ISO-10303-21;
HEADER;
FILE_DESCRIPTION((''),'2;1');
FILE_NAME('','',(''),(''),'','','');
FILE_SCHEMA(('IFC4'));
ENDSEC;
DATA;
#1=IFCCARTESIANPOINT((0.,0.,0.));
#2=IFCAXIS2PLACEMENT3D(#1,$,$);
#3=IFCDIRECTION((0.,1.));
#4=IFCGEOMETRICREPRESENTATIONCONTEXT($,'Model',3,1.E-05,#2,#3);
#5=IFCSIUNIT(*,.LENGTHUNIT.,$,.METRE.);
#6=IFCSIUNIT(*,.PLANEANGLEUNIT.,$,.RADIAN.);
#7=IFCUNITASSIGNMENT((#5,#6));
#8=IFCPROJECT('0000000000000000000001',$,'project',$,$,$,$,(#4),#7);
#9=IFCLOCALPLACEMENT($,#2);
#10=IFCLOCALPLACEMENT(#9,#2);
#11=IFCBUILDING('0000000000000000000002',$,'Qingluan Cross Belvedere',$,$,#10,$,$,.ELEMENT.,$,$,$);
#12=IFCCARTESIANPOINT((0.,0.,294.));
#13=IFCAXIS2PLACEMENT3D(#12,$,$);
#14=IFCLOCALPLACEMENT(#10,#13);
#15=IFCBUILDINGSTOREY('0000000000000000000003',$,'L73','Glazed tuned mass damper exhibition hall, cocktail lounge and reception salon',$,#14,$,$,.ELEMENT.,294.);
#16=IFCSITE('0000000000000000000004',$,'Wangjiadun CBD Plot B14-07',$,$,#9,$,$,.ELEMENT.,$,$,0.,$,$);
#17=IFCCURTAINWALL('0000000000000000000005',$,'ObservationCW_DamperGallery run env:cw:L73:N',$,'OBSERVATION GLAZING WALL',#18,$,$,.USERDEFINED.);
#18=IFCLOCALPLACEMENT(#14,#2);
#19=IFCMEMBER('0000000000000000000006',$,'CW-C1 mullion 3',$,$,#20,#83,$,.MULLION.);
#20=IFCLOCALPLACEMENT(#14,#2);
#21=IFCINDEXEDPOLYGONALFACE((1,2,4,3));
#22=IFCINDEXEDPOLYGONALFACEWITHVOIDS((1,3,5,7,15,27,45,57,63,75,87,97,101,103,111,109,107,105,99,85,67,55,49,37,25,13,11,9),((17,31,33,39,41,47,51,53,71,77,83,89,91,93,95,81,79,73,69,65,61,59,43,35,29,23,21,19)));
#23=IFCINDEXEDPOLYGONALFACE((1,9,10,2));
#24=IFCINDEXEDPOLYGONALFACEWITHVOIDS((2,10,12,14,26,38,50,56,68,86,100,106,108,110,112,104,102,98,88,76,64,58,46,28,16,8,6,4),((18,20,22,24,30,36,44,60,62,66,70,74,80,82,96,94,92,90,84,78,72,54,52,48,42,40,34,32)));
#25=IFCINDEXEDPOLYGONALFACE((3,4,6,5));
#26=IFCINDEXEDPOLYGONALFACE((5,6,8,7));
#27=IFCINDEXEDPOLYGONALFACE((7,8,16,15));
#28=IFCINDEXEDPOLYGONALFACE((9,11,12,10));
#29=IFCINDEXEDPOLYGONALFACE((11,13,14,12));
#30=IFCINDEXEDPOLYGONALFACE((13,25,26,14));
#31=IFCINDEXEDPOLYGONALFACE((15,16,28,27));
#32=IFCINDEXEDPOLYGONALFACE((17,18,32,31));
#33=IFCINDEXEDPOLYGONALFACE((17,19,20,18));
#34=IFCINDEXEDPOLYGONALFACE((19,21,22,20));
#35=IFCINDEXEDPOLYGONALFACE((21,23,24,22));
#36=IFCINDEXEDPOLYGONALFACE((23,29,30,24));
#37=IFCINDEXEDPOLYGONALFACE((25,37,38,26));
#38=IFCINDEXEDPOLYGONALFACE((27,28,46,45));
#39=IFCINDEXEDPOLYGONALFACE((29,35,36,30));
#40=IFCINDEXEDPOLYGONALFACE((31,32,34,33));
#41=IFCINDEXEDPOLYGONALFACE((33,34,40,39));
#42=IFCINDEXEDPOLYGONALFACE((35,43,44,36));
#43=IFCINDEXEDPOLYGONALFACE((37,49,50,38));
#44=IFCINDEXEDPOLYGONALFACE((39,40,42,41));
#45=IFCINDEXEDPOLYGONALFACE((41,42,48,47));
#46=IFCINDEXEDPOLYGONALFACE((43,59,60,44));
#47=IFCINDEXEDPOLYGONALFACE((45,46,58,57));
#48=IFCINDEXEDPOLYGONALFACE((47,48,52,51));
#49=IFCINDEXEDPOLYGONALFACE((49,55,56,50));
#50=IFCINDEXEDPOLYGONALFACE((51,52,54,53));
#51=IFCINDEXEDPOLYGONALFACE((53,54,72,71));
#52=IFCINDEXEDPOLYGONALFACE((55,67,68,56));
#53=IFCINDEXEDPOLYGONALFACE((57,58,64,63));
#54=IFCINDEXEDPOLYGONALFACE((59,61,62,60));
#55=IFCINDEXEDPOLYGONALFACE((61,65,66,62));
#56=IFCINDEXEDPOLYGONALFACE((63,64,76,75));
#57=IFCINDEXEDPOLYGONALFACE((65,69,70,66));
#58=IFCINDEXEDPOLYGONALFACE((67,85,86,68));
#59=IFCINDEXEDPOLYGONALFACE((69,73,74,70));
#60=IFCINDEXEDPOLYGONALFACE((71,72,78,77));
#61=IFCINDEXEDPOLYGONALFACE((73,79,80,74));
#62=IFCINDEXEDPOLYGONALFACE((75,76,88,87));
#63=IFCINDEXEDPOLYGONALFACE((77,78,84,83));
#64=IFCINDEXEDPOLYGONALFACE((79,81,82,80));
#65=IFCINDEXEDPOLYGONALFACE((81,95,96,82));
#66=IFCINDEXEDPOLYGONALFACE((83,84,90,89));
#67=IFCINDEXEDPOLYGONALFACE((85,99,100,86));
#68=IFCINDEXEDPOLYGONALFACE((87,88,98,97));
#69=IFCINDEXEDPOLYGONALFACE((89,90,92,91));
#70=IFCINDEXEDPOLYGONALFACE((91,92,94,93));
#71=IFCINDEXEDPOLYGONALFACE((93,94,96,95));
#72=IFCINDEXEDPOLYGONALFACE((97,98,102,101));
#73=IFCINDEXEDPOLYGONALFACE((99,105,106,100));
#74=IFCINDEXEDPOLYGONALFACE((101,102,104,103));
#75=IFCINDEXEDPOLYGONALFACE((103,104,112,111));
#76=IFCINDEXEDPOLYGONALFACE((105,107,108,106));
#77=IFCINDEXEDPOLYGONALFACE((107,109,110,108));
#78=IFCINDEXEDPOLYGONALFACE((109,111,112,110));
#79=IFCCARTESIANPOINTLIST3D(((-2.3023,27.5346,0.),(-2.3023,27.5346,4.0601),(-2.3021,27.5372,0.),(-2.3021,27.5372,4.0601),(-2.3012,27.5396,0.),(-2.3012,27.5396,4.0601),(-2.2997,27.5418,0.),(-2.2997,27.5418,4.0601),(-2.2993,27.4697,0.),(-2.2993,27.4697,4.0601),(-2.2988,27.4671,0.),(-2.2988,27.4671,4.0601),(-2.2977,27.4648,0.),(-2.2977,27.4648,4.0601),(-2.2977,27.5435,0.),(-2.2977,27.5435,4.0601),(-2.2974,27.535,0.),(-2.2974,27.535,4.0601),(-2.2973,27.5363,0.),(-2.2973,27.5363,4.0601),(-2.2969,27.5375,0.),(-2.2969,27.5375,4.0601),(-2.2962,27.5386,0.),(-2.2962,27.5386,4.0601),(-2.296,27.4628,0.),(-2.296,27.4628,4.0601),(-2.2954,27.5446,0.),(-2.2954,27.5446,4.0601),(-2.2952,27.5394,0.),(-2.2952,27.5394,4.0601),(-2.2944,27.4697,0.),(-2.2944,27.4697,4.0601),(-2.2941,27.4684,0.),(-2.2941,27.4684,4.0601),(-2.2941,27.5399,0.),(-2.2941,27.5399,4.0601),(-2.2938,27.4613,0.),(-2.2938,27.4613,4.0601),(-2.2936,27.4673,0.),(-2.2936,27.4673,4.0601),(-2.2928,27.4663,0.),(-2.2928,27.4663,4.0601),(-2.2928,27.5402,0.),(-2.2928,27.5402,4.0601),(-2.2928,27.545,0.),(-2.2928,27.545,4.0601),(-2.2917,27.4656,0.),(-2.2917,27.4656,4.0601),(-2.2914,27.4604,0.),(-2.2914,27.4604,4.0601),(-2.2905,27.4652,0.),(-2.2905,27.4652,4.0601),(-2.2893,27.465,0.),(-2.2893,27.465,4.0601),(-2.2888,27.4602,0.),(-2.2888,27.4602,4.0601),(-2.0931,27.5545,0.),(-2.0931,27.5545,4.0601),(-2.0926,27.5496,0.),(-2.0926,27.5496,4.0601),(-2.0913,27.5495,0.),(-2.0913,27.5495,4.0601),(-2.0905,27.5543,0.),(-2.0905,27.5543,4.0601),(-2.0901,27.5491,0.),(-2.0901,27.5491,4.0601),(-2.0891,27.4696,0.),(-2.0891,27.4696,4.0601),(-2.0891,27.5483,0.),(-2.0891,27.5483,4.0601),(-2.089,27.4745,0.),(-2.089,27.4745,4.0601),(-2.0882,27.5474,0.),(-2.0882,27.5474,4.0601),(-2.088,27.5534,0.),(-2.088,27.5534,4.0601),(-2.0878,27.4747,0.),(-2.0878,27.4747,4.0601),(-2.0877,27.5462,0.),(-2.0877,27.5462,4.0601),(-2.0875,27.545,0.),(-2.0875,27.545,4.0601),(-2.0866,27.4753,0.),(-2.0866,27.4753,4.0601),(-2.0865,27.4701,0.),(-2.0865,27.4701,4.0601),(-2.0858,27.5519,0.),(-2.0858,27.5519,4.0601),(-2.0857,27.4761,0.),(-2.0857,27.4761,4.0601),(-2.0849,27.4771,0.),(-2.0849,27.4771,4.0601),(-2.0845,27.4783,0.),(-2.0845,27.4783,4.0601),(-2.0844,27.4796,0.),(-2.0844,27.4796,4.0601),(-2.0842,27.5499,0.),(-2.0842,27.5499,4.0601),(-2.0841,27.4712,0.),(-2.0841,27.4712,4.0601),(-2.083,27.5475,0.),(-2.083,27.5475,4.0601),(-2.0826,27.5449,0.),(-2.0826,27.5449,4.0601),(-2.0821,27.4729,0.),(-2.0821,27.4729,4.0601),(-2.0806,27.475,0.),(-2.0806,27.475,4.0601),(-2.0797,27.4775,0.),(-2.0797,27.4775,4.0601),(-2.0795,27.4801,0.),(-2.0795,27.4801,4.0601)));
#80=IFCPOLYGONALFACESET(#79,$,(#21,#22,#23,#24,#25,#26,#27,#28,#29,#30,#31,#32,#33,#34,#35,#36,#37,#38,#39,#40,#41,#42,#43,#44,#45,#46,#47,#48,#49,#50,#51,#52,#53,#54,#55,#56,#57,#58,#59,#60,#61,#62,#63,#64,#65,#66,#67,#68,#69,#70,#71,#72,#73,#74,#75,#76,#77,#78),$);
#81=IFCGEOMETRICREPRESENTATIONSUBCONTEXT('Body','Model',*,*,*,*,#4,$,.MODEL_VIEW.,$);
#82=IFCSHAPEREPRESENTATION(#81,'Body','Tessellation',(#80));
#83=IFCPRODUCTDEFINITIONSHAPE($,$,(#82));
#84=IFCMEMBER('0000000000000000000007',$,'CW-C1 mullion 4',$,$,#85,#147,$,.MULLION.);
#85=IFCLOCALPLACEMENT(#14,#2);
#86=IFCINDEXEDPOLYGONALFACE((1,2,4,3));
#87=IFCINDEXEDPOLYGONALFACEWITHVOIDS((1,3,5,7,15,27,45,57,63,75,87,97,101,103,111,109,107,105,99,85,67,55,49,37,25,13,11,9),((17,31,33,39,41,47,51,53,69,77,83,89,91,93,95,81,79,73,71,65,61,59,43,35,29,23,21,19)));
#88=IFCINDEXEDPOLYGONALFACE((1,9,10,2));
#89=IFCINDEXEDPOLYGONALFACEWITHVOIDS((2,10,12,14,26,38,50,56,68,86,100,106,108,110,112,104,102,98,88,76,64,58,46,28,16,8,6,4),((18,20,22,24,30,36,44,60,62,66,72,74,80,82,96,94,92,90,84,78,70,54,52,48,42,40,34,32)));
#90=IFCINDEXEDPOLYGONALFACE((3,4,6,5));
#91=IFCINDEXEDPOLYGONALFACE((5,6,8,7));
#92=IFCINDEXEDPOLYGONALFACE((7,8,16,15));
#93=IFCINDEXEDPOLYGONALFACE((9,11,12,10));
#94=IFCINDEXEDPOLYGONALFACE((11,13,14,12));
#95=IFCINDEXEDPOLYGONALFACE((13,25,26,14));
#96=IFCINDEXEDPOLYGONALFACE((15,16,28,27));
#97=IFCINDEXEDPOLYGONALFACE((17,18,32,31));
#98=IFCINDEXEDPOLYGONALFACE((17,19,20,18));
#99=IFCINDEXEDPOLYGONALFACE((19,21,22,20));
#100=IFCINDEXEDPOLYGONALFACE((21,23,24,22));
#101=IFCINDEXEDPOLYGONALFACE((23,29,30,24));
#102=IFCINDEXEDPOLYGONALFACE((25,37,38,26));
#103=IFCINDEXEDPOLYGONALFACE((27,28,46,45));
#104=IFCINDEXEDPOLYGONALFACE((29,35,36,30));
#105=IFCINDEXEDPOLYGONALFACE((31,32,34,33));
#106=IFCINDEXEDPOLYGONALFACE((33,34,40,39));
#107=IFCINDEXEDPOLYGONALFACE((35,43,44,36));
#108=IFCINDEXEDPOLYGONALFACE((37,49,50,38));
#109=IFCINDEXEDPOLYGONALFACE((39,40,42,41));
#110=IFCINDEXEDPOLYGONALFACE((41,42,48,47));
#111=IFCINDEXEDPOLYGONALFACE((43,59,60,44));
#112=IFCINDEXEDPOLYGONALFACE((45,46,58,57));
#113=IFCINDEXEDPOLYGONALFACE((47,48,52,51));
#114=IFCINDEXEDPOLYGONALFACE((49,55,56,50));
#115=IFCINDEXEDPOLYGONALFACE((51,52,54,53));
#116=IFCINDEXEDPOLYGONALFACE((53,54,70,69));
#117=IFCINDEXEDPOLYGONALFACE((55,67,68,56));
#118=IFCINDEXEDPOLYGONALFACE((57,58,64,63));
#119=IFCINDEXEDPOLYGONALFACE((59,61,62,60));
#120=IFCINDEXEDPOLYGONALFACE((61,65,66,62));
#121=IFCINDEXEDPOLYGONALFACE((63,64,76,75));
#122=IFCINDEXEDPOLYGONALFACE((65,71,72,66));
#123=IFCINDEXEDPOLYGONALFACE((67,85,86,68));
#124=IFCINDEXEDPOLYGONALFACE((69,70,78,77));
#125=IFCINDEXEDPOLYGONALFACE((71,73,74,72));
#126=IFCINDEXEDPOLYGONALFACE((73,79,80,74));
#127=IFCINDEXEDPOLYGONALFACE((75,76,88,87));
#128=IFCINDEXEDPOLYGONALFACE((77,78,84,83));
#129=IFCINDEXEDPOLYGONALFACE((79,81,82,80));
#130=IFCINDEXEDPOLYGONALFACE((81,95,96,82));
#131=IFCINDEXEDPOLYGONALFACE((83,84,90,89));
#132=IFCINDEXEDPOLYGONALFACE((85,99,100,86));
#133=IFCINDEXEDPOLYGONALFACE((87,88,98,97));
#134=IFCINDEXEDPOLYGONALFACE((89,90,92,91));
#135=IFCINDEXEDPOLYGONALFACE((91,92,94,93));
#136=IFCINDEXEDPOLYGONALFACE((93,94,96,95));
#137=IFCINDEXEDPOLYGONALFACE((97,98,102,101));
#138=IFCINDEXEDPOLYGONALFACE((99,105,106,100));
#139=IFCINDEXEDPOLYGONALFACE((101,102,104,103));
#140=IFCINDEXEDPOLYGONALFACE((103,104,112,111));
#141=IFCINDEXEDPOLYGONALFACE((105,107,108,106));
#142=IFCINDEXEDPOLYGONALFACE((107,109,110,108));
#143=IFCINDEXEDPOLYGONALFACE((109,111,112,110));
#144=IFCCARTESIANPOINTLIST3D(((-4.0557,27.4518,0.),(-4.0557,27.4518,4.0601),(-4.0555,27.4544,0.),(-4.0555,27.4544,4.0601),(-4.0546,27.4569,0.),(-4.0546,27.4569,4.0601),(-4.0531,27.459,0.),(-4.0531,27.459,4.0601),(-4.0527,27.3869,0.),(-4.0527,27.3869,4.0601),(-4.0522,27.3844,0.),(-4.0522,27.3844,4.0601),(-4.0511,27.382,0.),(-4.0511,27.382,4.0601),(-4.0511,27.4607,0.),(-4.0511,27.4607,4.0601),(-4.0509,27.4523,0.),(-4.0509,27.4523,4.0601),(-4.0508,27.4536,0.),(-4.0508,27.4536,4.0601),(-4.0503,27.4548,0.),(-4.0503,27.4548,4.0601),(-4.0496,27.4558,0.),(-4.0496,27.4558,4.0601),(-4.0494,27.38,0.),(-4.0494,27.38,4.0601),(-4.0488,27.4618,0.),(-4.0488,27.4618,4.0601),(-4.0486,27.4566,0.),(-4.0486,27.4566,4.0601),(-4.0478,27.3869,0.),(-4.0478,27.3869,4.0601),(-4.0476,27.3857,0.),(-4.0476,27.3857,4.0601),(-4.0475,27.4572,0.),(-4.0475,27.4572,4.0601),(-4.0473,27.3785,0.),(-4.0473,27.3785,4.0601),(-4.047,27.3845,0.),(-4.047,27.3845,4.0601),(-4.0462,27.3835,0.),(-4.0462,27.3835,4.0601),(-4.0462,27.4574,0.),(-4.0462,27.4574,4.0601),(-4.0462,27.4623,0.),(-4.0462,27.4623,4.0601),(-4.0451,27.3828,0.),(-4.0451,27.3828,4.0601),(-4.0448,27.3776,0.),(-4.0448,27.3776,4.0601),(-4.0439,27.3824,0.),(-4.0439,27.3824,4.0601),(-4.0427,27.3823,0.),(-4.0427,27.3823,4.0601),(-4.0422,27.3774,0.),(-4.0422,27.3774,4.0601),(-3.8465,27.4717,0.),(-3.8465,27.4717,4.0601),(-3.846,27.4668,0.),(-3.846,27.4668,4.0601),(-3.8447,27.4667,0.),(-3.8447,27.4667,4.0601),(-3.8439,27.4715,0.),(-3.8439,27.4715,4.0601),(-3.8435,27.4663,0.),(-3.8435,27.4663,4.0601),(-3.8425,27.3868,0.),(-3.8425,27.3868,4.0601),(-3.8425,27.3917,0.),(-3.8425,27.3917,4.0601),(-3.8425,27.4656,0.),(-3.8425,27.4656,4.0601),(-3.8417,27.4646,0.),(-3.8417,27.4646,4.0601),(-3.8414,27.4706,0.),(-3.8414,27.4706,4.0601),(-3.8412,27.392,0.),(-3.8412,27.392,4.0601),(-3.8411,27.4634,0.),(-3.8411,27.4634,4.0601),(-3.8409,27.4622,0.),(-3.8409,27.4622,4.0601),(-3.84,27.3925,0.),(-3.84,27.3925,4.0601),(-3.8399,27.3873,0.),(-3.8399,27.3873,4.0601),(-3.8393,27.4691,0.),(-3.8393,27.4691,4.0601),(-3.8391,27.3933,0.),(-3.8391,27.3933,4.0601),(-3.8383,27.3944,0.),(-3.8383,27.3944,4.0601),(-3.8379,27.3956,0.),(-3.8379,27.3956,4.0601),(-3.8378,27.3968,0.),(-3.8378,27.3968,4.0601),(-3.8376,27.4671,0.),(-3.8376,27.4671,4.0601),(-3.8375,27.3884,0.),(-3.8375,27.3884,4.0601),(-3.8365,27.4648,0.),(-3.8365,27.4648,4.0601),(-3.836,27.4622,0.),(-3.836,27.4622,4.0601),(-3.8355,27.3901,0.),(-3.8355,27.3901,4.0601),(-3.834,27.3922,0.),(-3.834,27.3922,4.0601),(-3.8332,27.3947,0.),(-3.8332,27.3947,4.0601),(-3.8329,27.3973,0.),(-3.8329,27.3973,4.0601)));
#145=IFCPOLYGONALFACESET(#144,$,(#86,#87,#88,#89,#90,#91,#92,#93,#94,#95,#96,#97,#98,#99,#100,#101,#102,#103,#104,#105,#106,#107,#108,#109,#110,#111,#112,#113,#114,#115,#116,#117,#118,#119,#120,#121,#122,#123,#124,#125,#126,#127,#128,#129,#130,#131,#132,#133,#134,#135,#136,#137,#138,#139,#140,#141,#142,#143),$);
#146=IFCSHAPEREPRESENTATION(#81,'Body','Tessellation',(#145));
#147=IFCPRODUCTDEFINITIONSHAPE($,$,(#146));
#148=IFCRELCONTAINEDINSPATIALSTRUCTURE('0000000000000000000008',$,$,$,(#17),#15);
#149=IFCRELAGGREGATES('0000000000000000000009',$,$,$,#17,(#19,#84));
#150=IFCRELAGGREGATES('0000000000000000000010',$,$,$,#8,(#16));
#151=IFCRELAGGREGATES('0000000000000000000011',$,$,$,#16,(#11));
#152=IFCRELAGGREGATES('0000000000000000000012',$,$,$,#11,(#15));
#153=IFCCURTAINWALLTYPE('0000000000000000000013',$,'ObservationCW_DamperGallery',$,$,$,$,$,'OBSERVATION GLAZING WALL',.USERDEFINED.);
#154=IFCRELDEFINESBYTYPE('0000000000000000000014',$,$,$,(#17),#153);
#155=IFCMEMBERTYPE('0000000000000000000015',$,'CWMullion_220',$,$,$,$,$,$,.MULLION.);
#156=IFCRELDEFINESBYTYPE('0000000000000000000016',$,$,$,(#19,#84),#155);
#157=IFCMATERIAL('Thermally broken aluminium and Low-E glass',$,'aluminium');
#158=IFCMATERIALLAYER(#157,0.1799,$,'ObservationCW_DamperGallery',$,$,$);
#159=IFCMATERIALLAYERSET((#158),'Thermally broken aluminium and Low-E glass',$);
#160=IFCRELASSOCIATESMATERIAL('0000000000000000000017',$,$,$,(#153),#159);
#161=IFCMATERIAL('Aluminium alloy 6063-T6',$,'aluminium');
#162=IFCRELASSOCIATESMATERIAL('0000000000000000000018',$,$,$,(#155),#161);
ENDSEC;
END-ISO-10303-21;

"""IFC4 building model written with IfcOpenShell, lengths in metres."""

from ifc_helpers import new_model, si_unit, direction, frame, origin, origin_2d, place, context, subcontext, project, spatial, hollow_rectangle, extrude, material, layer, layer_set, material_profile, profile_set, type_object, element, aggregate, save


model = new_model("IFC4")

# Units and contexts
model_context = context("Model", 3, precision=1e-05, world=origin(), true_north=direction((0.0, 1.0)))
body_context = subcontext(model_context, "Body", "Model", "MODEL_VIEW")
ifc_project = project(units=[si_unit("LENGTHUNIT", "METRE"), si_unit("PLANEANGLEUNIT", "RADIAN")], contexts=[model_context])

# Site, building, storey
site_placement = place(None, origin())
site = spatial("IfcSite", under=ifc_project, at=site_placement, Name="Wangjiadun CBD Plot B14-07", CompositionType="ELEMENT", RefElevation=0.0)
building_placement = place(site_placement, origin())
building = spatial("IfcBuilding", under=site, at=building_placement, Name="Qingluan Cross Belvedere", CompositionType="ELEMENT")
storey_placement = place(building_placement, frame((0.0, 0.0, 294.0)))
storey = spatial("IfcBuildingStorey", under=building, at=storey_placement, Name="L73", Description="Glazed tuned mass damper exhibition hall, cocktail lounge and reception salon", CompositionType="ELEMENT", Elevation=294.0)

# Curtain wall, members
ifc_material_1 = material(Name="Thermally broken aluminium and Low-E glass", Category="aluminium")
ifc_layer_1 = layer(ifc_material_1, 0.1799, Name="ObservationCW_DamperGallery")
ifc_layer_set_1 = layer_set([ifc_layer_1], Name="Thermally broken aluminium and Low-E glass")
curtain_wall_type = type_object("IfcCurtainWallType", Name="ObservationCW_DamperGallery", ElementType="OBSERVATION GLAZING WALL", PredefinedType="USERDEFINED", material=ifc_layer_set_1)
curtain_wall_placement = place(storey_placement, origin())
curtain_wall = element("IfcCurtainWall", 1, at=curtain_wall_placement, inside=storey, type_object=curtain_wall_type, Name="ObservationCW_DamperGallery run env:cw:L73:N", ObjectType="OBSERVATION GLAZING WALL", PredefinedType="USERDEFINED")
ifc_material_2 = material(Name="Aluminium alloy 6063-T6", Category="aluminium")
ifc_material_profile_1 = material_profile(ifc_material_2, hollow_rectangle(XDim=0.085, YDim=0.22, WallThickness=0.0049, InnerFilletRadius=0.0049, OuterFilletRadius=0.01, at=origin_2d()), Name="CWM220x85x5")
ifc_profile_set_1 = profile_set([ifc_material_profile_1], Name="Aluminium alloy 6063-T6")
member_type_1 = type_object("IfcMemberType", Name="CWMullion_220", PredefinedType="MULLION", material=ifc_profile_set_1)
member_1_placement = place(storey_placement, frame((-2.1909, 27.5073, 0.0), z_axis=(0.0, 0.0, 1.0), x_axis=(0.047125, -0.998889, 0.0)))
member_1 = element("IfcMember", 2, at=member_1_placement, type_object=member_type_1, Name="CW-C1 mullion 3", PredefinedType="MULLION", context=body_context, shape_type="SweptSolid", body=[
    extrude(hollow_rectangle(XDim=0.085, YDim=0.22, WallThickness=0.0049, InnerFilletRadius=0.0049, OuterFilletRadius=0.01, at=origin_2d()), origin(), (0.0, 0.0, 1.0), 4.0601),
])
member_2_placement = place(storey_placement, frame((-3.9443, 27.4246, 0.0), z_axis=(0.0, 0.0, 1.0), x_axis=(0.047125, -0.998889, 0.0)))
member_2 = element("IfcMember", 3, at=member_2_placement, type_object=member_type_1, Name="CW-C1 mullion 4", PredefinedType="MULLION", context=body_context, shape_type="SweptSolid", body=[
    extrude(hollow_rectangle(XDim=0.085, YDim=0.22, WallThickness=0.0049, InnerFilletRadius=0.0049, OuterFilletRadius=0.01, at=origin_2d()), origin(), (0.0, 0.0, 1.0), 4.0601),
])
aggregate(curtain_wall, [member_1, member_2])

save(model, "model.ifc")
